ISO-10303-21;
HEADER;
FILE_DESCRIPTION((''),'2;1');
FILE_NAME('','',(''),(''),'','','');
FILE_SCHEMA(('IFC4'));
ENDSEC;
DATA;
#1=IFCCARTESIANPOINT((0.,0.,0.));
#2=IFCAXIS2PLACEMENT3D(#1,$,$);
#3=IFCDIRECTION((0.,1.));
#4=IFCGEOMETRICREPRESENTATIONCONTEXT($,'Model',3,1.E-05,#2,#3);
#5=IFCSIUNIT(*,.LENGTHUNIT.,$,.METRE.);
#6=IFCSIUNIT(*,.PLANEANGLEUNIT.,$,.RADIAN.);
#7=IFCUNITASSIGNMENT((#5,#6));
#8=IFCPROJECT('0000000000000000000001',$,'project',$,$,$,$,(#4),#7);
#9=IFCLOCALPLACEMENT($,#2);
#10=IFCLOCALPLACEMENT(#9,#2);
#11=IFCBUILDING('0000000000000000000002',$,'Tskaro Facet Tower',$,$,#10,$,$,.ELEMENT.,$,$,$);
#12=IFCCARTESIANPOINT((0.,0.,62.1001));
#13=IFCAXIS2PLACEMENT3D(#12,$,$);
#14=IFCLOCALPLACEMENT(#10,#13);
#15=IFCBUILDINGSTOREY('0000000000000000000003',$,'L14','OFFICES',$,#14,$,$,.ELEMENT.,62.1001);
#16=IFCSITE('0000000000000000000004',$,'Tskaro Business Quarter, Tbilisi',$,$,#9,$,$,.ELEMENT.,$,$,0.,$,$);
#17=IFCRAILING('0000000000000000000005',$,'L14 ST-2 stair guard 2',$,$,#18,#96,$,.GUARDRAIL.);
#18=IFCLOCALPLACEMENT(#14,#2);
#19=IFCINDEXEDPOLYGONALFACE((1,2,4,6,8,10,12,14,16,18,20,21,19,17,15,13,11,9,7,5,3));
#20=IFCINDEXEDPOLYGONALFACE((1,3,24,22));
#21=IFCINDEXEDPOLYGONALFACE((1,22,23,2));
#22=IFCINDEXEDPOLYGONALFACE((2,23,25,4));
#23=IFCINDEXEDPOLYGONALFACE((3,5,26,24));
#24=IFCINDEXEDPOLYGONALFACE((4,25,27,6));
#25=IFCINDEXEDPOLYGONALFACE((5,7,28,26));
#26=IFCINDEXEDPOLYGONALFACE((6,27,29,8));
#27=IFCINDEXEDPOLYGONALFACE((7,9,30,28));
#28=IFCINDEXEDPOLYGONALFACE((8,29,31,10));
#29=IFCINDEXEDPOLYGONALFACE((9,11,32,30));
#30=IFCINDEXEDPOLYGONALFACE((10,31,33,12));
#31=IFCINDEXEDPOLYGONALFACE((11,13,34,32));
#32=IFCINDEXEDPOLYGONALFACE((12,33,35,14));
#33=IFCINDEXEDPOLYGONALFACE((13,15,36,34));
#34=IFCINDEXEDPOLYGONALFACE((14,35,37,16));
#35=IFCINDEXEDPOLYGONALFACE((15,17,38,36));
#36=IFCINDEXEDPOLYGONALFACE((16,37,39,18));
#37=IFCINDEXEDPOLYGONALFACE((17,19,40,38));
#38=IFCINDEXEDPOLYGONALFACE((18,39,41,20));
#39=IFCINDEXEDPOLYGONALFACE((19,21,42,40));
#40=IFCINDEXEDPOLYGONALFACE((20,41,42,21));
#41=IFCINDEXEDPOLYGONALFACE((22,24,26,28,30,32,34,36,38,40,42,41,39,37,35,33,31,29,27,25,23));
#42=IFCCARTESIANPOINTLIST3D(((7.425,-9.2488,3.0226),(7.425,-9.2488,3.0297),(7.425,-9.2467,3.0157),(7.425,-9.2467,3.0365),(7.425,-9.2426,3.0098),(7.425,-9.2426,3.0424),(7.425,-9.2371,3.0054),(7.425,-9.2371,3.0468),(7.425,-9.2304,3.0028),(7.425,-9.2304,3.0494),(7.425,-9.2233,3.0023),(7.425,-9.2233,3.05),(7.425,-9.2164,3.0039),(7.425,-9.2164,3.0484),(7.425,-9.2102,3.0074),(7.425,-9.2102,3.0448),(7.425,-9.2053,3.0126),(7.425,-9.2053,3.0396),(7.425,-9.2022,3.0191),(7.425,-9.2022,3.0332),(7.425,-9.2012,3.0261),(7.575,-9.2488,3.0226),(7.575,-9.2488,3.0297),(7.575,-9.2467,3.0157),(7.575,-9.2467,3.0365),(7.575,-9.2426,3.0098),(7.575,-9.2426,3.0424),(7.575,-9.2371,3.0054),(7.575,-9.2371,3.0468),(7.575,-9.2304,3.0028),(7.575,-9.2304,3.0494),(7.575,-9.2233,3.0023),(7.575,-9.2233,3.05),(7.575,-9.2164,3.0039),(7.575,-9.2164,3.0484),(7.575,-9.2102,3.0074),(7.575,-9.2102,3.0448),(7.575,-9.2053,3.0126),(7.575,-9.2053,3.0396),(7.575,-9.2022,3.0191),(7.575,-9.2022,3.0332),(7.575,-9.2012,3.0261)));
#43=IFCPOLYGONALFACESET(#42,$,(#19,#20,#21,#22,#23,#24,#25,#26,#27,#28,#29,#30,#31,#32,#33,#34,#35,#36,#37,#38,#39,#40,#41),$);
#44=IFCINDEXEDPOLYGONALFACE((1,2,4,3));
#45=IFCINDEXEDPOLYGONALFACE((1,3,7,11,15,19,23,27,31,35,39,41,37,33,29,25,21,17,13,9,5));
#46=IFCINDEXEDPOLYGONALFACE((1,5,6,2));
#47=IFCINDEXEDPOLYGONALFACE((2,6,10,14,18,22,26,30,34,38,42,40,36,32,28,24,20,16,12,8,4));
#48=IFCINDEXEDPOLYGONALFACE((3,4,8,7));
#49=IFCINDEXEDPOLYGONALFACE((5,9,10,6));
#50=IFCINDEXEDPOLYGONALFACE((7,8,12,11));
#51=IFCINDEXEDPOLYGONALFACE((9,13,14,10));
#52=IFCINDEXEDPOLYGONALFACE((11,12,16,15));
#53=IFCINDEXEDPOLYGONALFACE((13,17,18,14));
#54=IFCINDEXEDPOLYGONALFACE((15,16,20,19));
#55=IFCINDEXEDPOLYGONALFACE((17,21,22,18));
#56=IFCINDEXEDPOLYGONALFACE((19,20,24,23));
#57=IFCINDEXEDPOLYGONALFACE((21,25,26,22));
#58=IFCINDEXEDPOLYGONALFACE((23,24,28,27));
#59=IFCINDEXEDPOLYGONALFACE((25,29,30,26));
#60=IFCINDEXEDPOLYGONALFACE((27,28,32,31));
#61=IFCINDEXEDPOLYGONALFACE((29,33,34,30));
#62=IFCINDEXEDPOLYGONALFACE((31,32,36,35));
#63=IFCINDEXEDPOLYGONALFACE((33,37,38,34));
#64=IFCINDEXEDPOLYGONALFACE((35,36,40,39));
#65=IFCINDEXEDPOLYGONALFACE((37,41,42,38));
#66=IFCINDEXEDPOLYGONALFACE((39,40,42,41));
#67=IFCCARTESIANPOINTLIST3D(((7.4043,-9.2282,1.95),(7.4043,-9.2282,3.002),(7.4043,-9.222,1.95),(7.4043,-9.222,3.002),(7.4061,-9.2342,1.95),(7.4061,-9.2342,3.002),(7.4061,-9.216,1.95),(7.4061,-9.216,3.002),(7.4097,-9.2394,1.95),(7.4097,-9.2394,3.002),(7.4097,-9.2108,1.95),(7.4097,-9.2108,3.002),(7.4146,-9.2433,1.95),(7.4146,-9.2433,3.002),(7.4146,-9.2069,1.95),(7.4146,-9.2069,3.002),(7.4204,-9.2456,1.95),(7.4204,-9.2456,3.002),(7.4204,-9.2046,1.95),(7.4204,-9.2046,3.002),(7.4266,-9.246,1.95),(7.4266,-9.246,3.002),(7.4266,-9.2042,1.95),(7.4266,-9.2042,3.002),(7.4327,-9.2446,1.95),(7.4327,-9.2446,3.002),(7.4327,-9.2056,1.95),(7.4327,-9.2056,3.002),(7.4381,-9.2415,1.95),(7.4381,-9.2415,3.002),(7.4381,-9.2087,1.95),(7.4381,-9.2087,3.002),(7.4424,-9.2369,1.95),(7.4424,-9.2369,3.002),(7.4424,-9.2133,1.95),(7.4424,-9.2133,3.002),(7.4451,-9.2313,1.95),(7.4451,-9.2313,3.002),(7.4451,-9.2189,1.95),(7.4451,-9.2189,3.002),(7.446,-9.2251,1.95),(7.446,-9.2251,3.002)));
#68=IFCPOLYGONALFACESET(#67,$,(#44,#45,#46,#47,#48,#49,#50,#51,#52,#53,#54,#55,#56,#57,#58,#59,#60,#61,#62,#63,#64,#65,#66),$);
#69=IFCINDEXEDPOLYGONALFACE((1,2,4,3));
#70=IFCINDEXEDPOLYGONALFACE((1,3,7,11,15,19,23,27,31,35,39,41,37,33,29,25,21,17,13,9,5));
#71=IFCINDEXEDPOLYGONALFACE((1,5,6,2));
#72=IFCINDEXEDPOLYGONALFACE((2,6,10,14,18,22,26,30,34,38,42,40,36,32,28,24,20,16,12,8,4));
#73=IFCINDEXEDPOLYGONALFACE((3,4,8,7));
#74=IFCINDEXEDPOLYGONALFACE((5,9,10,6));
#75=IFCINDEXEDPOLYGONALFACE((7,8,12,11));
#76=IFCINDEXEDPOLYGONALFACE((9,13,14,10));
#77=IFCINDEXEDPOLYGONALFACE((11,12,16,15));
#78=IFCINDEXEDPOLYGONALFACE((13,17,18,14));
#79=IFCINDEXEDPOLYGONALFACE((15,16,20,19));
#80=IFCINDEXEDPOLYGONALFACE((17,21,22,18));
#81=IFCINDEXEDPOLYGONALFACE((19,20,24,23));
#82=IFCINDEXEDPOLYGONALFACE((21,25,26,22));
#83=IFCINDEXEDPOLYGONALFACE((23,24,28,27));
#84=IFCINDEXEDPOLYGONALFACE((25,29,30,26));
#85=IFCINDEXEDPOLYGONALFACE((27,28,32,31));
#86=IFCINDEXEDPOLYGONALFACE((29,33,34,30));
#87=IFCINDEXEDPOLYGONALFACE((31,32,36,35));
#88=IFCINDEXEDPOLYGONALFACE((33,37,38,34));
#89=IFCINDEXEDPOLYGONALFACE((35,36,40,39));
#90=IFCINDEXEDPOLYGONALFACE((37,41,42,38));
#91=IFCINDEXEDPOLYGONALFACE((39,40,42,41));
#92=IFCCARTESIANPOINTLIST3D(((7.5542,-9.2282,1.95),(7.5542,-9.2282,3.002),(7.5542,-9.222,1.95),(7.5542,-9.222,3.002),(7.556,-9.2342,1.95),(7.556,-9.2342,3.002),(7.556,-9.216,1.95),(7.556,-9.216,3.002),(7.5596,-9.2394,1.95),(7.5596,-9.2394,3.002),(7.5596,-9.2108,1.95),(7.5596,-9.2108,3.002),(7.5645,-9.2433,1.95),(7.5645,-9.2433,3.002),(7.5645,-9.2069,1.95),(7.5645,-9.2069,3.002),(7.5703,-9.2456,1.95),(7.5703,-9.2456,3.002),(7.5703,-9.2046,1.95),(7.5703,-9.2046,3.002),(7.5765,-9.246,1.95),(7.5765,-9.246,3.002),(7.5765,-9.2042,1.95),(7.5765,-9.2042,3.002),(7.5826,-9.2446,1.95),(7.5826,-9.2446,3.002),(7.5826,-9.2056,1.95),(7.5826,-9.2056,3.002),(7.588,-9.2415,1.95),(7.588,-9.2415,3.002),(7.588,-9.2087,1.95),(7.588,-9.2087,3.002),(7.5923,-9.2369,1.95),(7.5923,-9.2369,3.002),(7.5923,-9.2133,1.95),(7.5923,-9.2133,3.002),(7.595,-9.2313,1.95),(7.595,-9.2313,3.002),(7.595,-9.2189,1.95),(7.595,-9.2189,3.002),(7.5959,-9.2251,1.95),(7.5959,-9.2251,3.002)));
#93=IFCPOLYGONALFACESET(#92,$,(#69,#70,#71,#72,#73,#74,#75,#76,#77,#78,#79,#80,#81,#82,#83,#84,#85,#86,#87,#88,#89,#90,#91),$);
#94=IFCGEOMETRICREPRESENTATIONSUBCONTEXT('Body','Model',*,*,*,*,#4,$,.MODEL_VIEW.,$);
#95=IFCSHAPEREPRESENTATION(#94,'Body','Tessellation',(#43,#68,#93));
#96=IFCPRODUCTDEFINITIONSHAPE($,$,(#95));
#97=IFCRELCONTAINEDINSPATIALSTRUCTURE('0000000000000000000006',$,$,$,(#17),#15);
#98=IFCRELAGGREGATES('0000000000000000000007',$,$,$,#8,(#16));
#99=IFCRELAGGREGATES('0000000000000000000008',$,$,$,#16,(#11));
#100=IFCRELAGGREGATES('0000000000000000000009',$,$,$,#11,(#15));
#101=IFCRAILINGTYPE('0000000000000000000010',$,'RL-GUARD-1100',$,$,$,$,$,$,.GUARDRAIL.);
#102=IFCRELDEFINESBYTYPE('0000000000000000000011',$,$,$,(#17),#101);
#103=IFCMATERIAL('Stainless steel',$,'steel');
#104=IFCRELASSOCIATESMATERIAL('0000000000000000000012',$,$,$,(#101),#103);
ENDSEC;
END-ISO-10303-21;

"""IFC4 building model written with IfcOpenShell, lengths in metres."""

from ifc_helpers import new_model, si_unit, direction, frame, origin, origin_2d, place, context, subcontext, project, spatial, circle, extrude, material, type_object, element, save


model = new_model("IFC4")

# Units and contexts
model_context = context("Model", 3, precision=1e-05, world=origin(), true_north=direction((0.0, 1.0)))
body_context = subcontext(model_context, "Body", "Model", "MODEL_VIEW")
ifc_project = project(units=[si_unit("LENGTHUNIT", "METRE"), si_unit("PLANEANGLEUNIT", "RADIAN")], contexts=[model_context])

# Site, building, storey
site_placement = place(None, origin())
site = spatial("IfcSite", under=ifc_project, at=site_placement, Name="Tskaro Business Quarter, Tbilisi", CompositionType="ELEMENT", RefElevation=0.0)
building_placement = place(site_placement, origin())
building = spatial("IfcBuilding", under=site, at=building_placement, Name="Tskaro Facet Tower", CompositionType="ELEMENT")
storey_placement = place(building_placement, frame((0.0, 0.0, 62.1001)))
storey = spatial("IfcBuildingStorey", under=building, at=storey_placement, Name="L14", Description="OFFICES", CompositionType="ELEMENT", Elevation=62.1001)

# Shared definitions
ifc_material_1 = material(Name="Stainless steel", Category="steel")

# Railing
railing_type_1 = type_object("IfcRailingType", Name="RL-GUARD-1100", PredefinedType="GUARDRAIL", material=ifc_material_1)
railing_1_placement = place(storey_placement, frame((7.425, -9.2251, 1.95)))
element("IfcRailing", 1, at=railing_1_placement, inside=storey, type_object=railing_type_1, Name="L14 ST-2 stair guard 2", PredefinedType="GUARDRAIL", context=body_context, shape_type="SweptSolid", body=[
    extrude(circle(Radius=0.0239, at=origin_2d()), frame((0.0, 0.0, 1.0762), z_axis=(1.0, 0.0, 0.0), x_axis=(0.0, 1.0, 0.0)), (0.0, 0.0, 1.0), 0.1499),
    extrude(circle(Radius=0.021, at=origin_2d()), origin(), (0.0, 0.0, 1.0), 1.052),
    extrude(circle(Radius=0.021, at=origin_2d()), frame((0.1499, 0.0, 0.0)), (0.0, 0.0, 1.0), 1.052),
])

save(model, "model.ifc")
